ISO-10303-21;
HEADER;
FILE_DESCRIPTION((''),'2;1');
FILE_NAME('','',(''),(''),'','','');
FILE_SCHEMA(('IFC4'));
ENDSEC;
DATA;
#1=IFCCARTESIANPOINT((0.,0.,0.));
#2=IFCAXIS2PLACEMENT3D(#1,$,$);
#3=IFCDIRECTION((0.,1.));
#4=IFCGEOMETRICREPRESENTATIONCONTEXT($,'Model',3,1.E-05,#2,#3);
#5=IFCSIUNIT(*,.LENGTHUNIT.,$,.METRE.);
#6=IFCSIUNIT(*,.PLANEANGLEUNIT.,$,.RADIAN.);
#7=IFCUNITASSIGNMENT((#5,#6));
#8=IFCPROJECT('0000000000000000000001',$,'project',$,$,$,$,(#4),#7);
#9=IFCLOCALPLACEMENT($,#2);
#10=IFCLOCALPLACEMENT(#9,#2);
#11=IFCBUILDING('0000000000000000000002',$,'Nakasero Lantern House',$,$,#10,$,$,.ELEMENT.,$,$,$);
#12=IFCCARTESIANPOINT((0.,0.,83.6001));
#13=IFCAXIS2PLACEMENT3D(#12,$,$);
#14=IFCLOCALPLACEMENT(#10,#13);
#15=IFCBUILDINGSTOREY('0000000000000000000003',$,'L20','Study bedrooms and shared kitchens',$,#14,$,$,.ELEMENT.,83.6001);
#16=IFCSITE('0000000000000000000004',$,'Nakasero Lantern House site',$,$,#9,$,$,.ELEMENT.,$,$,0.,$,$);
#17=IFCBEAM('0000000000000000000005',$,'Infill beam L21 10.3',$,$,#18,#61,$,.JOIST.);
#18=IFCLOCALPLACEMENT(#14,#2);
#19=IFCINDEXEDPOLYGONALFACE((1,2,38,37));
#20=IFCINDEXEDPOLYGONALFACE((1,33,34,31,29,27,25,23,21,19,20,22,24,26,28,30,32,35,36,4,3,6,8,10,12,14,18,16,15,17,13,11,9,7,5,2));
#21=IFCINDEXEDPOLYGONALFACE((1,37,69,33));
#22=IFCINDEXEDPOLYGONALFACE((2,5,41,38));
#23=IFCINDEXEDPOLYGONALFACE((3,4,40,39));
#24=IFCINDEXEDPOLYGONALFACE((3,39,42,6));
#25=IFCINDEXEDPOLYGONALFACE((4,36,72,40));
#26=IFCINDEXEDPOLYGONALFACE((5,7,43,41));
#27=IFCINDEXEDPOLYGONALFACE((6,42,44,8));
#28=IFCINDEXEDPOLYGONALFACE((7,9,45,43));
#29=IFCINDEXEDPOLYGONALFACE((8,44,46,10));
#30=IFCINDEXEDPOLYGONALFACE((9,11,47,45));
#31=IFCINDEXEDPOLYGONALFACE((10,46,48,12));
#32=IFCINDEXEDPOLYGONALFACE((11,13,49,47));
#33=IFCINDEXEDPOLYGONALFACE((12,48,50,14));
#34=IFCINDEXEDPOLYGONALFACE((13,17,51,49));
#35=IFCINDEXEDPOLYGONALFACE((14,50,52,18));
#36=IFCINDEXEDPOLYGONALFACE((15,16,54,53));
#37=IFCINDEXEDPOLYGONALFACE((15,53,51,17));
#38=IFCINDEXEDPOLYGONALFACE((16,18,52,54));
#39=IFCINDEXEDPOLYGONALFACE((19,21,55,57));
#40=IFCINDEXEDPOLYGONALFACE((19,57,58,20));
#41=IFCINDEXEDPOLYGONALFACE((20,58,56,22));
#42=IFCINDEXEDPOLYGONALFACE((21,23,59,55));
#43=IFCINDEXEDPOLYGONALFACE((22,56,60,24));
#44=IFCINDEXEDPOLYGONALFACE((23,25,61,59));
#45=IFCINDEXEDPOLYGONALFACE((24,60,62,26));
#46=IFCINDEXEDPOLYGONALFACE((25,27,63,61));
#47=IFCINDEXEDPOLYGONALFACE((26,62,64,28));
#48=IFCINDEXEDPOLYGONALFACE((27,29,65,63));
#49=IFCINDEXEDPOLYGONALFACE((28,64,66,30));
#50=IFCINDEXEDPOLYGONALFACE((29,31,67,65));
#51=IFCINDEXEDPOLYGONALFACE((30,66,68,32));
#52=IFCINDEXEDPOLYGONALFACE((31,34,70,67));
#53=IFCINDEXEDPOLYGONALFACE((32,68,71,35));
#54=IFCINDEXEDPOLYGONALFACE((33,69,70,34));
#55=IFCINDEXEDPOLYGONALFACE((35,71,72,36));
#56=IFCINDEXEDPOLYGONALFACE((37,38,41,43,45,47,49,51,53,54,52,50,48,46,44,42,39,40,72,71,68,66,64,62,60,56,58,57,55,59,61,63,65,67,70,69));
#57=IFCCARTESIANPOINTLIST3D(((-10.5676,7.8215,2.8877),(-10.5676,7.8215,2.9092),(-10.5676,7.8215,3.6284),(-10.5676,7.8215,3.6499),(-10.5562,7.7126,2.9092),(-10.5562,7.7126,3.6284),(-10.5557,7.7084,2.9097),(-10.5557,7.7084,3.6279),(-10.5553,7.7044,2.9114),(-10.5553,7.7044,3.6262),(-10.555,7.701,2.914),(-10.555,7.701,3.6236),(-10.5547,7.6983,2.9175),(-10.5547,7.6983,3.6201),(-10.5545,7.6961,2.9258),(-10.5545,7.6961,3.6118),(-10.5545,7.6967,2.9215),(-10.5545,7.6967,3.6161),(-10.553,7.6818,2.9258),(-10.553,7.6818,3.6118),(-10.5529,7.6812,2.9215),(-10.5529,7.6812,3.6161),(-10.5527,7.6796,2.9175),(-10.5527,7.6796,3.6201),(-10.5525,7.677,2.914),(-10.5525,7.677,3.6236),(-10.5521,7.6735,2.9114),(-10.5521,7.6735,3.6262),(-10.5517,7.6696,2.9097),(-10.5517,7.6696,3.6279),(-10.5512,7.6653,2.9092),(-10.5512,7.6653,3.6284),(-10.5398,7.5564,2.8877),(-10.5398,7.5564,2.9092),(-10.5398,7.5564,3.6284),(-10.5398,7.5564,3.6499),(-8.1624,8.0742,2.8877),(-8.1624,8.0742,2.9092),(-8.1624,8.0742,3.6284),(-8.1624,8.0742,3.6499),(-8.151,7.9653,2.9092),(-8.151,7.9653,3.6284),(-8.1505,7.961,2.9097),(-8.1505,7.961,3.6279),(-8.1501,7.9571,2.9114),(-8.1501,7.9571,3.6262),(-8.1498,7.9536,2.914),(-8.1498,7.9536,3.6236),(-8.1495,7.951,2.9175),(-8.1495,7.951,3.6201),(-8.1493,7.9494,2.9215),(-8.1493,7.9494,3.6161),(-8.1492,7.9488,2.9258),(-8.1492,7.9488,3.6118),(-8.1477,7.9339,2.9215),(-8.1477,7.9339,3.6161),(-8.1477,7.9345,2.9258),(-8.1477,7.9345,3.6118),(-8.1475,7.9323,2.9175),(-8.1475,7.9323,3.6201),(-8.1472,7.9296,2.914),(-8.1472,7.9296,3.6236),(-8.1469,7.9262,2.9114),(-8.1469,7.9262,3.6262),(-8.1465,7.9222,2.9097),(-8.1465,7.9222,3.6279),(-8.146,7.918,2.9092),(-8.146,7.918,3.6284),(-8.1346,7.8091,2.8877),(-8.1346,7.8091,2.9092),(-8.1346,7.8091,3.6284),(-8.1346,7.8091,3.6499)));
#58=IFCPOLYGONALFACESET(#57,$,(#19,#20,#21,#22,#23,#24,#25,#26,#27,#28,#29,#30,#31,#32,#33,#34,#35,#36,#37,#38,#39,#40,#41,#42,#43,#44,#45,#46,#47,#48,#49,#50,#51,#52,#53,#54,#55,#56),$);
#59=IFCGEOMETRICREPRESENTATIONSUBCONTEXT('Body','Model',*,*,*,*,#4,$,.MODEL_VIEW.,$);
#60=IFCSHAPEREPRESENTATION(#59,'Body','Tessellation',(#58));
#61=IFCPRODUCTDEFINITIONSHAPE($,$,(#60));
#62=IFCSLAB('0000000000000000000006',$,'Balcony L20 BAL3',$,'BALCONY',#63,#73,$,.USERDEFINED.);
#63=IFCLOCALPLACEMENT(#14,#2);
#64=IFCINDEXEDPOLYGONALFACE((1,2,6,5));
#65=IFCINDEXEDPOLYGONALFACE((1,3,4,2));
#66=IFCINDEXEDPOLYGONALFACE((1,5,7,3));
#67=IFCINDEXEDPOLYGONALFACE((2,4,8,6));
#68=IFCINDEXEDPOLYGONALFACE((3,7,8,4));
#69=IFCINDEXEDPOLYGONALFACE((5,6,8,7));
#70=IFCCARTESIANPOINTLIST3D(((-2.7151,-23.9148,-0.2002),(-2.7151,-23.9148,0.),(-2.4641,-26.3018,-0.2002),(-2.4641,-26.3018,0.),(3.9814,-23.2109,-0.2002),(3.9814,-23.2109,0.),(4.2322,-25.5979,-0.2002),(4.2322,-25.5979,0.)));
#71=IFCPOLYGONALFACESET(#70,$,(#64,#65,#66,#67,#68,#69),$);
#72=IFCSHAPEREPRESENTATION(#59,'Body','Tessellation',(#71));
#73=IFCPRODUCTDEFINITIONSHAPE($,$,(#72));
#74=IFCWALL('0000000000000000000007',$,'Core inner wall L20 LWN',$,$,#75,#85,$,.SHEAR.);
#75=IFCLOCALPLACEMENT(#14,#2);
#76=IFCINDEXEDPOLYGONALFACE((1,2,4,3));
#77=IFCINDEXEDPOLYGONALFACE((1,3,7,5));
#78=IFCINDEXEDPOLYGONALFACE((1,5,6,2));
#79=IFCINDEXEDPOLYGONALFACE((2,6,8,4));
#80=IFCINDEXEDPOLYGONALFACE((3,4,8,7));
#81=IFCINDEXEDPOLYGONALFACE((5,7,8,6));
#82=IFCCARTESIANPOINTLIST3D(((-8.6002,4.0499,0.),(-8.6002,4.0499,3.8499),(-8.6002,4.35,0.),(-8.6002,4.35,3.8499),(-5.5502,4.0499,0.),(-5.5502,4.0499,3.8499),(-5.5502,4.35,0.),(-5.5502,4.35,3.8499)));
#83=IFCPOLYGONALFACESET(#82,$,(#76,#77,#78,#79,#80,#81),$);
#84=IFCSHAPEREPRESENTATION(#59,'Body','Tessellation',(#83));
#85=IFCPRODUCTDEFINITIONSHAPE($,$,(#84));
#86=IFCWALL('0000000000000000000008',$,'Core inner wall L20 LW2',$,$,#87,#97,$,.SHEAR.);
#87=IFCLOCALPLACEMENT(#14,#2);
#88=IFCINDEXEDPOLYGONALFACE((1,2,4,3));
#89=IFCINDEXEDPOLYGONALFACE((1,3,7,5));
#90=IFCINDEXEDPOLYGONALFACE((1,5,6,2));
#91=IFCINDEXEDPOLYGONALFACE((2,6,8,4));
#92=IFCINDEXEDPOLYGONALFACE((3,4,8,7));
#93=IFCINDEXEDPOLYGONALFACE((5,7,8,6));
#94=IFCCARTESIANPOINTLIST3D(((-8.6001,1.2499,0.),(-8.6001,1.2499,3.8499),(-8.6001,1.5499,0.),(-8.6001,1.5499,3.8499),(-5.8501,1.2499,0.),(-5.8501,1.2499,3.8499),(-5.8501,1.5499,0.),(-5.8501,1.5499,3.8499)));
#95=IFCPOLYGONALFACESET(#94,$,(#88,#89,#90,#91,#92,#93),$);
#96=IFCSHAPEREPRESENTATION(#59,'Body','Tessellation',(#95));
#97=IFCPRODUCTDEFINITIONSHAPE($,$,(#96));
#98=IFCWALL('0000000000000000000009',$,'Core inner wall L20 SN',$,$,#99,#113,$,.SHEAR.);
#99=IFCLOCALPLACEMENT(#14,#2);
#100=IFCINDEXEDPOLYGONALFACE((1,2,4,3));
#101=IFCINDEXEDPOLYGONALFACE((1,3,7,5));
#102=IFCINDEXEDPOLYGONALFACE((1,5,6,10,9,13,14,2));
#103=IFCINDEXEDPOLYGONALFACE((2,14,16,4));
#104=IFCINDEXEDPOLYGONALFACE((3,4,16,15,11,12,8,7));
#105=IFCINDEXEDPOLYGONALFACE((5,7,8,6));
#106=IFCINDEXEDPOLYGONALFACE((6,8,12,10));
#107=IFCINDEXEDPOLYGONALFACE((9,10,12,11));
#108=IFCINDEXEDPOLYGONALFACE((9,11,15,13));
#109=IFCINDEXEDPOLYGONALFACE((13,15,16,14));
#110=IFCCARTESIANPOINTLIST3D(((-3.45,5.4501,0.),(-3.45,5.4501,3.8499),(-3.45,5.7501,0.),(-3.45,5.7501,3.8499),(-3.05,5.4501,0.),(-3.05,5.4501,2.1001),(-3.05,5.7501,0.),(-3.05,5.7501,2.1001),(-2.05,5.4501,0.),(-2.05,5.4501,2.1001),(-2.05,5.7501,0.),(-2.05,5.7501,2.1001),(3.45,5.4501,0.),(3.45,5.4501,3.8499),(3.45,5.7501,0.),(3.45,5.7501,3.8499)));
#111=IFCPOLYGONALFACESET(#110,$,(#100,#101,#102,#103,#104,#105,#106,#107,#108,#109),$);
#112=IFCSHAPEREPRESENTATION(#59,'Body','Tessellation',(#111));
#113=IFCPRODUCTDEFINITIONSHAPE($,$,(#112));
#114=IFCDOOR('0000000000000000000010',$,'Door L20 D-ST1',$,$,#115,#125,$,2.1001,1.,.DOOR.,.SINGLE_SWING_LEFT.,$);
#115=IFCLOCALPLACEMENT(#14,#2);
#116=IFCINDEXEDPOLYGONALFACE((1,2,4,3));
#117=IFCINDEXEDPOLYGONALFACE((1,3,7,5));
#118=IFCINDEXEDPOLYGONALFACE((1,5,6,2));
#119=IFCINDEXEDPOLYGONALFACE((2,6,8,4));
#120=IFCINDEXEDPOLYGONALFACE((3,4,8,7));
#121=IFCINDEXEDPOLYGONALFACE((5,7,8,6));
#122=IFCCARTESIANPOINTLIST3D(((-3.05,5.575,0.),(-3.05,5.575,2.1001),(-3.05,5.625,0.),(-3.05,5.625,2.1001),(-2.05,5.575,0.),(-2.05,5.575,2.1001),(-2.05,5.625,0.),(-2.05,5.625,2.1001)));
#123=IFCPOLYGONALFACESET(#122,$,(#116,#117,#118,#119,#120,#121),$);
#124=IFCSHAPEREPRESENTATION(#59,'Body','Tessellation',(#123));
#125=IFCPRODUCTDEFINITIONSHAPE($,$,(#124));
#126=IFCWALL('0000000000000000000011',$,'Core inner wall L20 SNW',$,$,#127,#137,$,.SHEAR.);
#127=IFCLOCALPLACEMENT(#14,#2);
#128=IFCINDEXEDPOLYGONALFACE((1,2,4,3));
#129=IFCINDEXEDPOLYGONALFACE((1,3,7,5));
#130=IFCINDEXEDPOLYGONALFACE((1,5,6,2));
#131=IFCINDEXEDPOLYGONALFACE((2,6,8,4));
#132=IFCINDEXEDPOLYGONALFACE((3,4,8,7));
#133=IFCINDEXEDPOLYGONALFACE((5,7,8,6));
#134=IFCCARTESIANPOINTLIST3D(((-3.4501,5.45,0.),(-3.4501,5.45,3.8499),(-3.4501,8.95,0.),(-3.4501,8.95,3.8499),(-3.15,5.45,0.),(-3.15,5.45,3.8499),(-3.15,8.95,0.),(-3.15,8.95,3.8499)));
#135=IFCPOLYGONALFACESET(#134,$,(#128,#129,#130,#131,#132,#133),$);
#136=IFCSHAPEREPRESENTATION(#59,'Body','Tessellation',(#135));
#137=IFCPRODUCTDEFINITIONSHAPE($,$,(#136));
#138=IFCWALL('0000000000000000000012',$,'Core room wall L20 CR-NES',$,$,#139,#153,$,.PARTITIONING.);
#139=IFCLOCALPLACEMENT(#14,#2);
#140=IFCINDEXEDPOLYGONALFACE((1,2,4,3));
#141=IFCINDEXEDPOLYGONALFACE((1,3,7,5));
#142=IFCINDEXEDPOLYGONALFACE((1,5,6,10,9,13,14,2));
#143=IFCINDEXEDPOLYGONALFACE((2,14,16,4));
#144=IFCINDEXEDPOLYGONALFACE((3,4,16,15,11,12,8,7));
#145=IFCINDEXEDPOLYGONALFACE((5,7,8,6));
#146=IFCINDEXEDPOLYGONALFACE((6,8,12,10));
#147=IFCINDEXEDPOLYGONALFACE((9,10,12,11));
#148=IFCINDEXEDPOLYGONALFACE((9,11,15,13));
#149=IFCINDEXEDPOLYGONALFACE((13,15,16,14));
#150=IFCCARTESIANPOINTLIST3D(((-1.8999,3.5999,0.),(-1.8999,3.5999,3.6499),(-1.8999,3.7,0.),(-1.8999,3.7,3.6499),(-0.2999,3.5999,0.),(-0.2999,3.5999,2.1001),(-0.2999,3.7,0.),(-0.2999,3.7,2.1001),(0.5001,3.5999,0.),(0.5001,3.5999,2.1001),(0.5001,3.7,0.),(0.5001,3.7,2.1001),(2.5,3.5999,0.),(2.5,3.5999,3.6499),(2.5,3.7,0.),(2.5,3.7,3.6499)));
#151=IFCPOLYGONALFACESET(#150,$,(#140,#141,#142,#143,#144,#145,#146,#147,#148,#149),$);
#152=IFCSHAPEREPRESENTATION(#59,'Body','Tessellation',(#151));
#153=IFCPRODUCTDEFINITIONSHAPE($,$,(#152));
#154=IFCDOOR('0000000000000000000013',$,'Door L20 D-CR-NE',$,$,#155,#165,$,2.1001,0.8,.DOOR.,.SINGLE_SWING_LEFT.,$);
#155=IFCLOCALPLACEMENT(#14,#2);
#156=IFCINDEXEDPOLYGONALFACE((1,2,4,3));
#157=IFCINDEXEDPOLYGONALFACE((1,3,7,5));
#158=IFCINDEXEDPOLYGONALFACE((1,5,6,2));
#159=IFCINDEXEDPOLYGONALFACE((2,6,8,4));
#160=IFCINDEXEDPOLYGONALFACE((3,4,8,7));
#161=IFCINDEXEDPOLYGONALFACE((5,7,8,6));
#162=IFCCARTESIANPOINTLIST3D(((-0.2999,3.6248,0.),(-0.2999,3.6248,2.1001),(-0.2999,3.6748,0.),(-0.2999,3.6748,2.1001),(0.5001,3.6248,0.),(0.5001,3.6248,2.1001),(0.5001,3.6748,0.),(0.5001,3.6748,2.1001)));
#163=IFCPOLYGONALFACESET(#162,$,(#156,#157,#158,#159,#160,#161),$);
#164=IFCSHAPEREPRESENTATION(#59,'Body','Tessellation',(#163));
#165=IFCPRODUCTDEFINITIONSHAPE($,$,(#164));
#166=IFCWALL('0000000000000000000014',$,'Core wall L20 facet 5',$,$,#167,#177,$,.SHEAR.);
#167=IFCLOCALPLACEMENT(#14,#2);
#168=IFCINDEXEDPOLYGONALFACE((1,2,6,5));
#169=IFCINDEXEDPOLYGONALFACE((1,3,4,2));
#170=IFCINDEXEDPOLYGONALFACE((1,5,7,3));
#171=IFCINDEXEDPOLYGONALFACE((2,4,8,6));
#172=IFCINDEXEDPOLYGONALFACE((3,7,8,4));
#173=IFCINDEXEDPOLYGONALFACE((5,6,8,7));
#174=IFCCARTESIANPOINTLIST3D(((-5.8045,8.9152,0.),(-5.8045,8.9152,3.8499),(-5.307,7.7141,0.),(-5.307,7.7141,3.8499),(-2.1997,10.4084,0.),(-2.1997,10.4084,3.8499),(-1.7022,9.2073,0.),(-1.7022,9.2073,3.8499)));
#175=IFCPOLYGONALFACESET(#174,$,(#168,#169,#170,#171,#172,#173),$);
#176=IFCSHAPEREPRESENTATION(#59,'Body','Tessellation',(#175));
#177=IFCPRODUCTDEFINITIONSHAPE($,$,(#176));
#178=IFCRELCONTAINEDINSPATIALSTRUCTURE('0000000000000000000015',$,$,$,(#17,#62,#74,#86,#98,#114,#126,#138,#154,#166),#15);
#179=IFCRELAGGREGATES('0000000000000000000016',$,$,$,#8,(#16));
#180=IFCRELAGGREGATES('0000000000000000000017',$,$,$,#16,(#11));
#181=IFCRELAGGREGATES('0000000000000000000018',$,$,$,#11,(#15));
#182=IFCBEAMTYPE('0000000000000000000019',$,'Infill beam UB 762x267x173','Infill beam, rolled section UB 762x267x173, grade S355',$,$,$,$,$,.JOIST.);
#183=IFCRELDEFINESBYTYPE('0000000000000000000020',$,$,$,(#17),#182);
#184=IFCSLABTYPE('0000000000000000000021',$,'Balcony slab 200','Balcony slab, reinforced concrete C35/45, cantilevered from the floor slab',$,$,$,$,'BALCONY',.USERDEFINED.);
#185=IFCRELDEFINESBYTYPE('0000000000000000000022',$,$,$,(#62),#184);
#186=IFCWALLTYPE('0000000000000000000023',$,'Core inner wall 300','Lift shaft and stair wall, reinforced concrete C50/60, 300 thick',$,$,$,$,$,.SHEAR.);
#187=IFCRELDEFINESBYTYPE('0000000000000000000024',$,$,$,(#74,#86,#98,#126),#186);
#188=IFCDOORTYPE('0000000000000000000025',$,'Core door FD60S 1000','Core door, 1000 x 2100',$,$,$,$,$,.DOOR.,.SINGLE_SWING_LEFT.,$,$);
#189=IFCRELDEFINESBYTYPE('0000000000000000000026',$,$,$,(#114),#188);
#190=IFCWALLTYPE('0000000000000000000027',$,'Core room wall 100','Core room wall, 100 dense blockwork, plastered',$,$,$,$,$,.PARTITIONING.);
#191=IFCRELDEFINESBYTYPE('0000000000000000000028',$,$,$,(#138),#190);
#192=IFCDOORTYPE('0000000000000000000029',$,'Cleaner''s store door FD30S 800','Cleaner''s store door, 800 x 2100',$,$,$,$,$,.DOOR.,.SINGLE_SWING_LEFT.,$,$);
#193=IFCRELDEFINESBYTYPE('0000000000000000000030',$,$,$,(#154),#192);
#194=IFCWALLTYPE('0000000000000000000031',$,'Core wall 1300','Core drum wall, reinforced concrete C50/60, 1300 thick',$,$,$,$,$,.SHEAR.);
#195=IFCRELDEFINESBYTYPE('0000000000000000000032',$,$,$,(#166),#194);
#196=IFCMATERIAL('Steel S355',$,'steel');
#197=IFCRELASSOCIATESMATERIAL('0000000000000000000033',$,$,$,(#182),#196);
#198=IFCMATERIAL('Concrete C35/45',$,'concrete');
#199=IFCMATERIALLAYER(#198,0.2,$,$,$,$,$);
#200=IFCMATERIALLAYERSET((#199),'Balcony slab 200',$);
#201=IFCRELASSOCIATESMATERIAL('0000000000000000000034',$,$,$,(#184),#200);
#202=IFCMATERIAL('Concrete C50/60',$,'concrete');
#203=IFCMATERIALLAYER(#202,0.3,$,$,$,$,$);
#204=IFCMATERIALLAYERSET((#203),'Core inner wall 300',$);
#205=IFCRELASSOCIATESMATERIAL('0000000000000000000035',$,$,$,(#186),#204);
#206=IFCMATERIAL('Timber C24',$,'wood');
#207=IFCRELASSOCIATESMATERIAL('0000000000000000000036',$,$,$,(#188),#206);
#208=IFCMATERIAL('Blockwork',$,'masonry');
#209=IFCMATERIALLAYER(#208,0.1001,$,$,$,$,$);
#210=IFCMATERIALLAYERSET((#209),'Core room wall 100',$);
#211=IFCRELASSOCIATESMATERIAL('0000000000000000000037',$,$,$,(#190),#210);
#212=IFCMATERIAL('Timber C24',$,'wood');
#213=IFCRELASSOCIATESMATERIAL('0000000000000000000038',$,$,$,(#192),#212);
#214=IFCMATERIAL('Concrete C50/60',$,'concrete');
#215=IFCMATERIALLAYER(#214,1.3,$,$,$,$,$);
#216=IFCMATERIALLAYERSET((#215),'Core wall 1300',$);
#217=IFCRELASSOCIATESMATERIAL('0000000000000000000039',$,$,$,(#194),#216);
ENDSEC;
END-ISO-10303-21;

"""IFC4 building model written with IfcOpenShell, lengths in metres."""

from ifc_helpers import new_model, si_unit, direction, frame, frame_2d, origin, origin_2d, place, context, subcontext, project, spatial, polyline, rectangle, i_section, outline, extrude, material, layer, layer_set, material_profile, profile_set, type_object, element, fill, save


model = new_model("IFC4")

# Units and contexts
model_context = context("Model", 3, precision=1e-05, world=origin(), true_north=direction((0.0, 1.0)))
body_context = subcontext(model_context, "Body", "Model", "MODEL_VIEW")
ifc_project = project(units=[si_unit("LENGTHUNIT", "METRE"), si_unit("PLANEANGLEUNIT", "RADIAN")], contexts=[model_context])

# Site, building, storey
site_placement = place(None, origin())
site = spatial("IfcSite", under=ifc_project, at=site_placement, Name="Nakasero Lantern House site", CompositionType="ELEMENT", RefElevation=0.0)
building_placement = place(site_placement, origin())
building = spatial("IfcBuilding", under=site, at=building_placement, Name="Nakasero Lantern House", CompositionType="ELEMENT")
storey_placement = place(building_placement, frame((0.0, 0.0, 83.6001)))
storey = spatial("IfcBuildingStorey", under=building, at=storey_placement, Name="L20", Description="Study bedrooms and shared kitchens", CompositionType="ELEMENT", Elevation=83.6001)

# Beam
ifc_material_1 = material(Name="Steel S355", Category="steel")
ifc_material_profile_1 = material_profile(ifc_material_1, i_section(OverallWidth=0.2666, OverallDepth=0.7622, WebThickness=0.0144, FlangeThickness=0.0215, FilletRadius=0.0166, at=origin_2d()), Name="UB 762x267x173")
ifc_profile_set_1 = profile_set([ifc_material_profile_1], Name="Steel S355")
beam_type_1 = type_object("IfcBeamType", Name="Infill beam UB 762x267x173", Description="Infill beam, rolled section UB 762x267x173, grade S355", PredefinedType="JOIST", material=ifc_profile_set_1)
beam_1_placement = place(storey_placement, frame((-10.5537, 7.689, 3.2688), z_axis=(0.994527, 0.10448, 0.0), x_axis=(-0.10448, 0.994527, 0.0)))
element("IfcBeam", 1, at=beam_1_placement, inside=storey, type_object=beam_type_1, Name="Infill beam L21 10.3", PredefinedType="JOIST", context=body_context, shape_type="SweptSolid", body=[
    extrude(i_section(OverallWidth=0.2666, OverallDepth=0.7622, WebThickness=0.0144, FlangeThickness=0.0215, FilletRadius=0.0166, at=origin_2d()), origin(), (0.0, 0.0, 1.0), 2.4185),
])

# Slab
ifc_material_2 = material(Name="Concrete C35/45", Category="concrete")
ifc_layer_1 = layer(ifc_material_2, 0.2)
ifc_layer_set_1 = layer_set([ifc_layer_1], Name="Balcony slab 200")
slab_type = type_object("IfcSlabType", Name="Balcony slab 200", Description="Balcony slab, reinforced concrete C35/45, cantilevered from the floor slab", ElementType="BALCONY", PredefinedType="USERDEFINED", material=ifc_layer_set_1)
slab_placement = place(storey_placement, frame((0.0, 0.0, -0.2002)))
element("IfcSlab", 2, at=slab_placement, inside=storey, type_object=slab_type, Name="Balcony L20 BAL3", ObjectType="BALCONY", PredefinedType="USERDEFINED", context=body_context, shape_type="SweptSolid", body=[
    extrude(outline(polyline([(-2.7151, -23.9148), (-2.4641, -26.3018), (4.2322, -25.5979), (3.9814, -23.2109), (-2.7151, -23.9148)])), origin(), (0.0, 0.0, 1.0), 0.2002),
])

# Walls
ifc_material_3 = material(Name="Concrete C50/60", Category="concrete")
ifc_layer_2 = layer(ifc_material_3, 0.3)
ifc_layer_set_2 = layer_set([ifc_layer_2], Name="Core inner wall 300")
wall_type_1 = type_object("IfcWallType", Name="Core inner wall 300", Description="Lift shaft and stair wall, reinforced concrete C50/60, 300 thick", PredefinedType="SHEAR", material=ifc_layer_set_2)
wall_1_placement = place(storey_placement, frame((-8.6001, 4.2, 0.0), z_axis=(0.0, 0.0, 1.0), x_axis=(1.0, 0.0, 0.0)))
element("IfcWall", 3, at=wall_1_placement, inside=storey, type_object=wall_type_1, Name="Core inner wall L20 LWN", PredefinedType="SHEAR", context=body_context, shape_type="SweptSolid", body=[
    extrude(rectangle(XDim=3.05, YDim=0.3, at=frame_2d((1.5249, 0.0))), origin(), (0.0, 0.0, 1.0), 3.8499),
])
wall_2_placement = place(storey_placement, frame((-8.6001, 1.3999, 0.0), z_axis=(0.0, 0.0, 1.0), x_axis=(1.0, 0.0, 0.0)))
element("IfcWall", 4, at=wall_2_placement, inside=storey, type_object=wall_type_1, Name="Core inner wall L20 LW2", PredefinedType="SHEAR", context=body_context, shape_type="SweptSolid", body=[
    extrude(rectangle(XDim=2.75, YDim=0.3, at=frame_2d((1.375, 0.0))), origin(), (0.0, 0.0, 1.0), 3.8499),
])

# Wall, opening, door
wall_3_placement = place(storey_placement, frame((-3.45, 5.6001, 0.0), z_axis=(0.0, 0.0, 1.0), x_axis=(1.0, 0.0, 0.0)))
wall_3 = element("IfcWall", 5, at=wall_3_placement, inside=storey, type_object=wall_type_1, Name="Core inner wall L20 SN", PredefinedType="SHEAR", context=body_context, shape_type="SweptSolid", body=[
    extrude(rectangle(XDim=6.8999, YDim=0.3, at=frame_2d((3.45, 0.0))), origin(), (0.0, 0.0, 1.0), 3.8499),
])
opening_1_placement = place(wall_3_placement, frame((0.3999, 0.0, 0.0)))
opening_1 = element("IfcOpeningElement", 6, at=opening_1_placement, cuts=wall_3, PredefinedType="OPENING", context=body_context, shape_type="SweptSolid", body=[
    extrude(rectangle(XDim=1.0, YDim=2.1001, at=frame_2d((0.5, 1.05))), frame((0.0, 0.1699, 0.0), z_axis=(0.0, -1.0, 0.0), x_axis=(1.0, 0.0, 0.0)), (0.0, 0.0, 1.0), 0.3401),
])
ifc_material_4 = material(Name="Timber C24", Category="wood")
door_type_1 = type_object("IfcDoorType", Name="Core door FD60S 1000", Description="Core door, 1000 x 2100", OperationType="SINGLE_SWING_LEFT", PredefinedType="DOOR", material=ifc_material_4)
door_1_placement = place(opening_1_placement, origin())
door_1 = element("IfcDoor", 7, at=door_1_placement, inside=storey, type_object=door_type_1, Name="Door L20 D-ST1", OperationType="SINGLE_SWING_LEFT", OverallHeight=2.1001, OverallWidth=1.0, PredefinedType="DOOR", context=body_context, shape_type="SweptSolid", body=[
    extrude(rectangle(XDim=1.0, YDim=2.1001, at=frame_2d((0.5, 1.05))), frame((0.0, 0.0249, 0.0), z_axis=(0.0, -1.0, 0.0), x_axis=(1.0, 0.0, 0.0)), (0.0, 0.0, 1.0), 0.05),
])
fill(opening_1, door_1)

# Wall
wall_4_placement = place(storey_placement, frame((-3.3, 5.45, 0.0), z_axis=(0.0, 0.0, 1.0), x_axis=(0.0, 1.0, 0.0)))
element("IfcWall", 8, at=wall_4_placement, inside=storey, type_object=wall_type_1, Name="Core inner wall L20 SNW", PredefinedType="SHEAR", context=body_context, shape_type="SweptSolid", body=[
    extrude(rectangle(XDim=3.5, YDim=0.3, at=frame_2d((1.75, 0.0))), origin(), (0.0, 0.0, 1.0), 3.8499),
])

# Wall, opening, door
ifc_material_5 = material(Name="Blockwork", Category="masonry")
ifc_layer_3 = layer(ifc_material_5, 0.1001)
ifc_layer_set_3 = layer_set([ifc_layer_3], Name="Core room wall 100")
wall_type_2 = type_object("IfcWallType", Name="Core room wall 100", Description="Core room wall, 100 dense blockwork, plastered", PredefinedType="PARTITIONING", material=ifc_layer_set_3)
wall_5_placement = place(storey_placement, frame((-1.8999, 3.6499, 0.0), z_axis=(0.0, 0.0, 1.0), x_axis=(1.0, 0.0, 0.0)))
wall_5 = element("IfcWall", 9, at=wall_5_placement, inside=storey, type_object=wall_type_2, Name="Core room wall L20 CR-NES", PredefinedType="PARTITIONING", context=body_context, shape_type="SweptSolid", body=[
    extrude(rectangle(XDim=4.3999, YDim=0.1001, at=frame_2d((2.2, 0.0))), origin(), (0.0, 0.0, 1.0), 3.6499),
])
opening_2_placement = place(wall_5_placement, frame((1.6001, 0.0, 0.0)))
opening_2 = element("IfcOpeningElement", 10, at=opening_2_placement, cuts=wall_5, PredefinedType="OPENING", context=body_context, shape_type="SweptSolid", body=[
    extrude(rectangle(XDim=0.8, YDim=2.1001, at=frame_2d((0.3999, 1.05))), frame((0.0, 0.0701, 0.0), z_axis=(0.0, -1.0, 0.0), x_axis=(1.0, 0.0, 0.0)), (0.0, 0.0, 1.0), 0.1401),
])
ifc_material_6 = material(Name="Timber C24", Category="wood")
door_type_2 = type_object("IfcDoorType", Name="Cleaner's store door FD30S 800", Description="Cleaner's store door, 800 x 2100", OperationType="SINGLE_SWING_LEFT", PredefinedType="DOOR", material=ifc_material_6)
door_2_placement = place(opening_2_placement, origin())
door_2 = element("IfcDoor", 11, at=door_2_placement, inside=storey, type_object=door_type_2, Name="Door L20 D-CR-NE", OperationType="SINGLE_SWING_LEFT", OverallHeight=2.1001, OverallWidth=0.8, PredefinedType="DOOR", context=body_context, shape_type="SweptSolid", body=[
    extrude(rectangle(XDim=0.8, YDim=2.1001, at=frame_2d((0.3999, 1.05))), frame((0.0, 0.0249, 0.0), z_axis=(0.0, -1.0, 0.0), x_axis=(1.0, 0.0, 0.0)), (0.0, 0.0, 1.0), 0.05),
])
fill(opening_2, door_2)

# Wall
ifc_material_7 = material(Name="Concrete C50/60", Category="concrete")
ifc_layer_4 = layer(ifc_material_7, 1.3)
ifc_layer_set_4 = layer_set([ifc_layer_4], Name="Core wall 1300")
wall_type_3 = type_object("IfcWallType", Name="Core wall 1300", Description="Core drum wall, reinforced concrete C50/60, 1300 thick", PredefinedType="SHEAR", material=ifc_layer_set_4)
wall_6_placement = place(storey_placement, frame((-1.9509, 9.8079, 0.0), z_axis=(0.0, 0.0, 1.0), x_axis=(-0.923877, -0.382691, 0.0)))
element("IfcWall", 12, at=wall_6_placement, inside=storey, type_object=wall_type_3, Name="Core wall L20 facet 5", PredefinedType="SHEAR", context=body_context, shape_type="SweptSolid", body=[
    extrude(rectangle(XDim=3.9019, YDim=1.3, at=frame_2d((1.9509, 0.0))), origin(), (0.0, 0.0, 1.0), 3.8499),
])

save(model, "model.ifc")
